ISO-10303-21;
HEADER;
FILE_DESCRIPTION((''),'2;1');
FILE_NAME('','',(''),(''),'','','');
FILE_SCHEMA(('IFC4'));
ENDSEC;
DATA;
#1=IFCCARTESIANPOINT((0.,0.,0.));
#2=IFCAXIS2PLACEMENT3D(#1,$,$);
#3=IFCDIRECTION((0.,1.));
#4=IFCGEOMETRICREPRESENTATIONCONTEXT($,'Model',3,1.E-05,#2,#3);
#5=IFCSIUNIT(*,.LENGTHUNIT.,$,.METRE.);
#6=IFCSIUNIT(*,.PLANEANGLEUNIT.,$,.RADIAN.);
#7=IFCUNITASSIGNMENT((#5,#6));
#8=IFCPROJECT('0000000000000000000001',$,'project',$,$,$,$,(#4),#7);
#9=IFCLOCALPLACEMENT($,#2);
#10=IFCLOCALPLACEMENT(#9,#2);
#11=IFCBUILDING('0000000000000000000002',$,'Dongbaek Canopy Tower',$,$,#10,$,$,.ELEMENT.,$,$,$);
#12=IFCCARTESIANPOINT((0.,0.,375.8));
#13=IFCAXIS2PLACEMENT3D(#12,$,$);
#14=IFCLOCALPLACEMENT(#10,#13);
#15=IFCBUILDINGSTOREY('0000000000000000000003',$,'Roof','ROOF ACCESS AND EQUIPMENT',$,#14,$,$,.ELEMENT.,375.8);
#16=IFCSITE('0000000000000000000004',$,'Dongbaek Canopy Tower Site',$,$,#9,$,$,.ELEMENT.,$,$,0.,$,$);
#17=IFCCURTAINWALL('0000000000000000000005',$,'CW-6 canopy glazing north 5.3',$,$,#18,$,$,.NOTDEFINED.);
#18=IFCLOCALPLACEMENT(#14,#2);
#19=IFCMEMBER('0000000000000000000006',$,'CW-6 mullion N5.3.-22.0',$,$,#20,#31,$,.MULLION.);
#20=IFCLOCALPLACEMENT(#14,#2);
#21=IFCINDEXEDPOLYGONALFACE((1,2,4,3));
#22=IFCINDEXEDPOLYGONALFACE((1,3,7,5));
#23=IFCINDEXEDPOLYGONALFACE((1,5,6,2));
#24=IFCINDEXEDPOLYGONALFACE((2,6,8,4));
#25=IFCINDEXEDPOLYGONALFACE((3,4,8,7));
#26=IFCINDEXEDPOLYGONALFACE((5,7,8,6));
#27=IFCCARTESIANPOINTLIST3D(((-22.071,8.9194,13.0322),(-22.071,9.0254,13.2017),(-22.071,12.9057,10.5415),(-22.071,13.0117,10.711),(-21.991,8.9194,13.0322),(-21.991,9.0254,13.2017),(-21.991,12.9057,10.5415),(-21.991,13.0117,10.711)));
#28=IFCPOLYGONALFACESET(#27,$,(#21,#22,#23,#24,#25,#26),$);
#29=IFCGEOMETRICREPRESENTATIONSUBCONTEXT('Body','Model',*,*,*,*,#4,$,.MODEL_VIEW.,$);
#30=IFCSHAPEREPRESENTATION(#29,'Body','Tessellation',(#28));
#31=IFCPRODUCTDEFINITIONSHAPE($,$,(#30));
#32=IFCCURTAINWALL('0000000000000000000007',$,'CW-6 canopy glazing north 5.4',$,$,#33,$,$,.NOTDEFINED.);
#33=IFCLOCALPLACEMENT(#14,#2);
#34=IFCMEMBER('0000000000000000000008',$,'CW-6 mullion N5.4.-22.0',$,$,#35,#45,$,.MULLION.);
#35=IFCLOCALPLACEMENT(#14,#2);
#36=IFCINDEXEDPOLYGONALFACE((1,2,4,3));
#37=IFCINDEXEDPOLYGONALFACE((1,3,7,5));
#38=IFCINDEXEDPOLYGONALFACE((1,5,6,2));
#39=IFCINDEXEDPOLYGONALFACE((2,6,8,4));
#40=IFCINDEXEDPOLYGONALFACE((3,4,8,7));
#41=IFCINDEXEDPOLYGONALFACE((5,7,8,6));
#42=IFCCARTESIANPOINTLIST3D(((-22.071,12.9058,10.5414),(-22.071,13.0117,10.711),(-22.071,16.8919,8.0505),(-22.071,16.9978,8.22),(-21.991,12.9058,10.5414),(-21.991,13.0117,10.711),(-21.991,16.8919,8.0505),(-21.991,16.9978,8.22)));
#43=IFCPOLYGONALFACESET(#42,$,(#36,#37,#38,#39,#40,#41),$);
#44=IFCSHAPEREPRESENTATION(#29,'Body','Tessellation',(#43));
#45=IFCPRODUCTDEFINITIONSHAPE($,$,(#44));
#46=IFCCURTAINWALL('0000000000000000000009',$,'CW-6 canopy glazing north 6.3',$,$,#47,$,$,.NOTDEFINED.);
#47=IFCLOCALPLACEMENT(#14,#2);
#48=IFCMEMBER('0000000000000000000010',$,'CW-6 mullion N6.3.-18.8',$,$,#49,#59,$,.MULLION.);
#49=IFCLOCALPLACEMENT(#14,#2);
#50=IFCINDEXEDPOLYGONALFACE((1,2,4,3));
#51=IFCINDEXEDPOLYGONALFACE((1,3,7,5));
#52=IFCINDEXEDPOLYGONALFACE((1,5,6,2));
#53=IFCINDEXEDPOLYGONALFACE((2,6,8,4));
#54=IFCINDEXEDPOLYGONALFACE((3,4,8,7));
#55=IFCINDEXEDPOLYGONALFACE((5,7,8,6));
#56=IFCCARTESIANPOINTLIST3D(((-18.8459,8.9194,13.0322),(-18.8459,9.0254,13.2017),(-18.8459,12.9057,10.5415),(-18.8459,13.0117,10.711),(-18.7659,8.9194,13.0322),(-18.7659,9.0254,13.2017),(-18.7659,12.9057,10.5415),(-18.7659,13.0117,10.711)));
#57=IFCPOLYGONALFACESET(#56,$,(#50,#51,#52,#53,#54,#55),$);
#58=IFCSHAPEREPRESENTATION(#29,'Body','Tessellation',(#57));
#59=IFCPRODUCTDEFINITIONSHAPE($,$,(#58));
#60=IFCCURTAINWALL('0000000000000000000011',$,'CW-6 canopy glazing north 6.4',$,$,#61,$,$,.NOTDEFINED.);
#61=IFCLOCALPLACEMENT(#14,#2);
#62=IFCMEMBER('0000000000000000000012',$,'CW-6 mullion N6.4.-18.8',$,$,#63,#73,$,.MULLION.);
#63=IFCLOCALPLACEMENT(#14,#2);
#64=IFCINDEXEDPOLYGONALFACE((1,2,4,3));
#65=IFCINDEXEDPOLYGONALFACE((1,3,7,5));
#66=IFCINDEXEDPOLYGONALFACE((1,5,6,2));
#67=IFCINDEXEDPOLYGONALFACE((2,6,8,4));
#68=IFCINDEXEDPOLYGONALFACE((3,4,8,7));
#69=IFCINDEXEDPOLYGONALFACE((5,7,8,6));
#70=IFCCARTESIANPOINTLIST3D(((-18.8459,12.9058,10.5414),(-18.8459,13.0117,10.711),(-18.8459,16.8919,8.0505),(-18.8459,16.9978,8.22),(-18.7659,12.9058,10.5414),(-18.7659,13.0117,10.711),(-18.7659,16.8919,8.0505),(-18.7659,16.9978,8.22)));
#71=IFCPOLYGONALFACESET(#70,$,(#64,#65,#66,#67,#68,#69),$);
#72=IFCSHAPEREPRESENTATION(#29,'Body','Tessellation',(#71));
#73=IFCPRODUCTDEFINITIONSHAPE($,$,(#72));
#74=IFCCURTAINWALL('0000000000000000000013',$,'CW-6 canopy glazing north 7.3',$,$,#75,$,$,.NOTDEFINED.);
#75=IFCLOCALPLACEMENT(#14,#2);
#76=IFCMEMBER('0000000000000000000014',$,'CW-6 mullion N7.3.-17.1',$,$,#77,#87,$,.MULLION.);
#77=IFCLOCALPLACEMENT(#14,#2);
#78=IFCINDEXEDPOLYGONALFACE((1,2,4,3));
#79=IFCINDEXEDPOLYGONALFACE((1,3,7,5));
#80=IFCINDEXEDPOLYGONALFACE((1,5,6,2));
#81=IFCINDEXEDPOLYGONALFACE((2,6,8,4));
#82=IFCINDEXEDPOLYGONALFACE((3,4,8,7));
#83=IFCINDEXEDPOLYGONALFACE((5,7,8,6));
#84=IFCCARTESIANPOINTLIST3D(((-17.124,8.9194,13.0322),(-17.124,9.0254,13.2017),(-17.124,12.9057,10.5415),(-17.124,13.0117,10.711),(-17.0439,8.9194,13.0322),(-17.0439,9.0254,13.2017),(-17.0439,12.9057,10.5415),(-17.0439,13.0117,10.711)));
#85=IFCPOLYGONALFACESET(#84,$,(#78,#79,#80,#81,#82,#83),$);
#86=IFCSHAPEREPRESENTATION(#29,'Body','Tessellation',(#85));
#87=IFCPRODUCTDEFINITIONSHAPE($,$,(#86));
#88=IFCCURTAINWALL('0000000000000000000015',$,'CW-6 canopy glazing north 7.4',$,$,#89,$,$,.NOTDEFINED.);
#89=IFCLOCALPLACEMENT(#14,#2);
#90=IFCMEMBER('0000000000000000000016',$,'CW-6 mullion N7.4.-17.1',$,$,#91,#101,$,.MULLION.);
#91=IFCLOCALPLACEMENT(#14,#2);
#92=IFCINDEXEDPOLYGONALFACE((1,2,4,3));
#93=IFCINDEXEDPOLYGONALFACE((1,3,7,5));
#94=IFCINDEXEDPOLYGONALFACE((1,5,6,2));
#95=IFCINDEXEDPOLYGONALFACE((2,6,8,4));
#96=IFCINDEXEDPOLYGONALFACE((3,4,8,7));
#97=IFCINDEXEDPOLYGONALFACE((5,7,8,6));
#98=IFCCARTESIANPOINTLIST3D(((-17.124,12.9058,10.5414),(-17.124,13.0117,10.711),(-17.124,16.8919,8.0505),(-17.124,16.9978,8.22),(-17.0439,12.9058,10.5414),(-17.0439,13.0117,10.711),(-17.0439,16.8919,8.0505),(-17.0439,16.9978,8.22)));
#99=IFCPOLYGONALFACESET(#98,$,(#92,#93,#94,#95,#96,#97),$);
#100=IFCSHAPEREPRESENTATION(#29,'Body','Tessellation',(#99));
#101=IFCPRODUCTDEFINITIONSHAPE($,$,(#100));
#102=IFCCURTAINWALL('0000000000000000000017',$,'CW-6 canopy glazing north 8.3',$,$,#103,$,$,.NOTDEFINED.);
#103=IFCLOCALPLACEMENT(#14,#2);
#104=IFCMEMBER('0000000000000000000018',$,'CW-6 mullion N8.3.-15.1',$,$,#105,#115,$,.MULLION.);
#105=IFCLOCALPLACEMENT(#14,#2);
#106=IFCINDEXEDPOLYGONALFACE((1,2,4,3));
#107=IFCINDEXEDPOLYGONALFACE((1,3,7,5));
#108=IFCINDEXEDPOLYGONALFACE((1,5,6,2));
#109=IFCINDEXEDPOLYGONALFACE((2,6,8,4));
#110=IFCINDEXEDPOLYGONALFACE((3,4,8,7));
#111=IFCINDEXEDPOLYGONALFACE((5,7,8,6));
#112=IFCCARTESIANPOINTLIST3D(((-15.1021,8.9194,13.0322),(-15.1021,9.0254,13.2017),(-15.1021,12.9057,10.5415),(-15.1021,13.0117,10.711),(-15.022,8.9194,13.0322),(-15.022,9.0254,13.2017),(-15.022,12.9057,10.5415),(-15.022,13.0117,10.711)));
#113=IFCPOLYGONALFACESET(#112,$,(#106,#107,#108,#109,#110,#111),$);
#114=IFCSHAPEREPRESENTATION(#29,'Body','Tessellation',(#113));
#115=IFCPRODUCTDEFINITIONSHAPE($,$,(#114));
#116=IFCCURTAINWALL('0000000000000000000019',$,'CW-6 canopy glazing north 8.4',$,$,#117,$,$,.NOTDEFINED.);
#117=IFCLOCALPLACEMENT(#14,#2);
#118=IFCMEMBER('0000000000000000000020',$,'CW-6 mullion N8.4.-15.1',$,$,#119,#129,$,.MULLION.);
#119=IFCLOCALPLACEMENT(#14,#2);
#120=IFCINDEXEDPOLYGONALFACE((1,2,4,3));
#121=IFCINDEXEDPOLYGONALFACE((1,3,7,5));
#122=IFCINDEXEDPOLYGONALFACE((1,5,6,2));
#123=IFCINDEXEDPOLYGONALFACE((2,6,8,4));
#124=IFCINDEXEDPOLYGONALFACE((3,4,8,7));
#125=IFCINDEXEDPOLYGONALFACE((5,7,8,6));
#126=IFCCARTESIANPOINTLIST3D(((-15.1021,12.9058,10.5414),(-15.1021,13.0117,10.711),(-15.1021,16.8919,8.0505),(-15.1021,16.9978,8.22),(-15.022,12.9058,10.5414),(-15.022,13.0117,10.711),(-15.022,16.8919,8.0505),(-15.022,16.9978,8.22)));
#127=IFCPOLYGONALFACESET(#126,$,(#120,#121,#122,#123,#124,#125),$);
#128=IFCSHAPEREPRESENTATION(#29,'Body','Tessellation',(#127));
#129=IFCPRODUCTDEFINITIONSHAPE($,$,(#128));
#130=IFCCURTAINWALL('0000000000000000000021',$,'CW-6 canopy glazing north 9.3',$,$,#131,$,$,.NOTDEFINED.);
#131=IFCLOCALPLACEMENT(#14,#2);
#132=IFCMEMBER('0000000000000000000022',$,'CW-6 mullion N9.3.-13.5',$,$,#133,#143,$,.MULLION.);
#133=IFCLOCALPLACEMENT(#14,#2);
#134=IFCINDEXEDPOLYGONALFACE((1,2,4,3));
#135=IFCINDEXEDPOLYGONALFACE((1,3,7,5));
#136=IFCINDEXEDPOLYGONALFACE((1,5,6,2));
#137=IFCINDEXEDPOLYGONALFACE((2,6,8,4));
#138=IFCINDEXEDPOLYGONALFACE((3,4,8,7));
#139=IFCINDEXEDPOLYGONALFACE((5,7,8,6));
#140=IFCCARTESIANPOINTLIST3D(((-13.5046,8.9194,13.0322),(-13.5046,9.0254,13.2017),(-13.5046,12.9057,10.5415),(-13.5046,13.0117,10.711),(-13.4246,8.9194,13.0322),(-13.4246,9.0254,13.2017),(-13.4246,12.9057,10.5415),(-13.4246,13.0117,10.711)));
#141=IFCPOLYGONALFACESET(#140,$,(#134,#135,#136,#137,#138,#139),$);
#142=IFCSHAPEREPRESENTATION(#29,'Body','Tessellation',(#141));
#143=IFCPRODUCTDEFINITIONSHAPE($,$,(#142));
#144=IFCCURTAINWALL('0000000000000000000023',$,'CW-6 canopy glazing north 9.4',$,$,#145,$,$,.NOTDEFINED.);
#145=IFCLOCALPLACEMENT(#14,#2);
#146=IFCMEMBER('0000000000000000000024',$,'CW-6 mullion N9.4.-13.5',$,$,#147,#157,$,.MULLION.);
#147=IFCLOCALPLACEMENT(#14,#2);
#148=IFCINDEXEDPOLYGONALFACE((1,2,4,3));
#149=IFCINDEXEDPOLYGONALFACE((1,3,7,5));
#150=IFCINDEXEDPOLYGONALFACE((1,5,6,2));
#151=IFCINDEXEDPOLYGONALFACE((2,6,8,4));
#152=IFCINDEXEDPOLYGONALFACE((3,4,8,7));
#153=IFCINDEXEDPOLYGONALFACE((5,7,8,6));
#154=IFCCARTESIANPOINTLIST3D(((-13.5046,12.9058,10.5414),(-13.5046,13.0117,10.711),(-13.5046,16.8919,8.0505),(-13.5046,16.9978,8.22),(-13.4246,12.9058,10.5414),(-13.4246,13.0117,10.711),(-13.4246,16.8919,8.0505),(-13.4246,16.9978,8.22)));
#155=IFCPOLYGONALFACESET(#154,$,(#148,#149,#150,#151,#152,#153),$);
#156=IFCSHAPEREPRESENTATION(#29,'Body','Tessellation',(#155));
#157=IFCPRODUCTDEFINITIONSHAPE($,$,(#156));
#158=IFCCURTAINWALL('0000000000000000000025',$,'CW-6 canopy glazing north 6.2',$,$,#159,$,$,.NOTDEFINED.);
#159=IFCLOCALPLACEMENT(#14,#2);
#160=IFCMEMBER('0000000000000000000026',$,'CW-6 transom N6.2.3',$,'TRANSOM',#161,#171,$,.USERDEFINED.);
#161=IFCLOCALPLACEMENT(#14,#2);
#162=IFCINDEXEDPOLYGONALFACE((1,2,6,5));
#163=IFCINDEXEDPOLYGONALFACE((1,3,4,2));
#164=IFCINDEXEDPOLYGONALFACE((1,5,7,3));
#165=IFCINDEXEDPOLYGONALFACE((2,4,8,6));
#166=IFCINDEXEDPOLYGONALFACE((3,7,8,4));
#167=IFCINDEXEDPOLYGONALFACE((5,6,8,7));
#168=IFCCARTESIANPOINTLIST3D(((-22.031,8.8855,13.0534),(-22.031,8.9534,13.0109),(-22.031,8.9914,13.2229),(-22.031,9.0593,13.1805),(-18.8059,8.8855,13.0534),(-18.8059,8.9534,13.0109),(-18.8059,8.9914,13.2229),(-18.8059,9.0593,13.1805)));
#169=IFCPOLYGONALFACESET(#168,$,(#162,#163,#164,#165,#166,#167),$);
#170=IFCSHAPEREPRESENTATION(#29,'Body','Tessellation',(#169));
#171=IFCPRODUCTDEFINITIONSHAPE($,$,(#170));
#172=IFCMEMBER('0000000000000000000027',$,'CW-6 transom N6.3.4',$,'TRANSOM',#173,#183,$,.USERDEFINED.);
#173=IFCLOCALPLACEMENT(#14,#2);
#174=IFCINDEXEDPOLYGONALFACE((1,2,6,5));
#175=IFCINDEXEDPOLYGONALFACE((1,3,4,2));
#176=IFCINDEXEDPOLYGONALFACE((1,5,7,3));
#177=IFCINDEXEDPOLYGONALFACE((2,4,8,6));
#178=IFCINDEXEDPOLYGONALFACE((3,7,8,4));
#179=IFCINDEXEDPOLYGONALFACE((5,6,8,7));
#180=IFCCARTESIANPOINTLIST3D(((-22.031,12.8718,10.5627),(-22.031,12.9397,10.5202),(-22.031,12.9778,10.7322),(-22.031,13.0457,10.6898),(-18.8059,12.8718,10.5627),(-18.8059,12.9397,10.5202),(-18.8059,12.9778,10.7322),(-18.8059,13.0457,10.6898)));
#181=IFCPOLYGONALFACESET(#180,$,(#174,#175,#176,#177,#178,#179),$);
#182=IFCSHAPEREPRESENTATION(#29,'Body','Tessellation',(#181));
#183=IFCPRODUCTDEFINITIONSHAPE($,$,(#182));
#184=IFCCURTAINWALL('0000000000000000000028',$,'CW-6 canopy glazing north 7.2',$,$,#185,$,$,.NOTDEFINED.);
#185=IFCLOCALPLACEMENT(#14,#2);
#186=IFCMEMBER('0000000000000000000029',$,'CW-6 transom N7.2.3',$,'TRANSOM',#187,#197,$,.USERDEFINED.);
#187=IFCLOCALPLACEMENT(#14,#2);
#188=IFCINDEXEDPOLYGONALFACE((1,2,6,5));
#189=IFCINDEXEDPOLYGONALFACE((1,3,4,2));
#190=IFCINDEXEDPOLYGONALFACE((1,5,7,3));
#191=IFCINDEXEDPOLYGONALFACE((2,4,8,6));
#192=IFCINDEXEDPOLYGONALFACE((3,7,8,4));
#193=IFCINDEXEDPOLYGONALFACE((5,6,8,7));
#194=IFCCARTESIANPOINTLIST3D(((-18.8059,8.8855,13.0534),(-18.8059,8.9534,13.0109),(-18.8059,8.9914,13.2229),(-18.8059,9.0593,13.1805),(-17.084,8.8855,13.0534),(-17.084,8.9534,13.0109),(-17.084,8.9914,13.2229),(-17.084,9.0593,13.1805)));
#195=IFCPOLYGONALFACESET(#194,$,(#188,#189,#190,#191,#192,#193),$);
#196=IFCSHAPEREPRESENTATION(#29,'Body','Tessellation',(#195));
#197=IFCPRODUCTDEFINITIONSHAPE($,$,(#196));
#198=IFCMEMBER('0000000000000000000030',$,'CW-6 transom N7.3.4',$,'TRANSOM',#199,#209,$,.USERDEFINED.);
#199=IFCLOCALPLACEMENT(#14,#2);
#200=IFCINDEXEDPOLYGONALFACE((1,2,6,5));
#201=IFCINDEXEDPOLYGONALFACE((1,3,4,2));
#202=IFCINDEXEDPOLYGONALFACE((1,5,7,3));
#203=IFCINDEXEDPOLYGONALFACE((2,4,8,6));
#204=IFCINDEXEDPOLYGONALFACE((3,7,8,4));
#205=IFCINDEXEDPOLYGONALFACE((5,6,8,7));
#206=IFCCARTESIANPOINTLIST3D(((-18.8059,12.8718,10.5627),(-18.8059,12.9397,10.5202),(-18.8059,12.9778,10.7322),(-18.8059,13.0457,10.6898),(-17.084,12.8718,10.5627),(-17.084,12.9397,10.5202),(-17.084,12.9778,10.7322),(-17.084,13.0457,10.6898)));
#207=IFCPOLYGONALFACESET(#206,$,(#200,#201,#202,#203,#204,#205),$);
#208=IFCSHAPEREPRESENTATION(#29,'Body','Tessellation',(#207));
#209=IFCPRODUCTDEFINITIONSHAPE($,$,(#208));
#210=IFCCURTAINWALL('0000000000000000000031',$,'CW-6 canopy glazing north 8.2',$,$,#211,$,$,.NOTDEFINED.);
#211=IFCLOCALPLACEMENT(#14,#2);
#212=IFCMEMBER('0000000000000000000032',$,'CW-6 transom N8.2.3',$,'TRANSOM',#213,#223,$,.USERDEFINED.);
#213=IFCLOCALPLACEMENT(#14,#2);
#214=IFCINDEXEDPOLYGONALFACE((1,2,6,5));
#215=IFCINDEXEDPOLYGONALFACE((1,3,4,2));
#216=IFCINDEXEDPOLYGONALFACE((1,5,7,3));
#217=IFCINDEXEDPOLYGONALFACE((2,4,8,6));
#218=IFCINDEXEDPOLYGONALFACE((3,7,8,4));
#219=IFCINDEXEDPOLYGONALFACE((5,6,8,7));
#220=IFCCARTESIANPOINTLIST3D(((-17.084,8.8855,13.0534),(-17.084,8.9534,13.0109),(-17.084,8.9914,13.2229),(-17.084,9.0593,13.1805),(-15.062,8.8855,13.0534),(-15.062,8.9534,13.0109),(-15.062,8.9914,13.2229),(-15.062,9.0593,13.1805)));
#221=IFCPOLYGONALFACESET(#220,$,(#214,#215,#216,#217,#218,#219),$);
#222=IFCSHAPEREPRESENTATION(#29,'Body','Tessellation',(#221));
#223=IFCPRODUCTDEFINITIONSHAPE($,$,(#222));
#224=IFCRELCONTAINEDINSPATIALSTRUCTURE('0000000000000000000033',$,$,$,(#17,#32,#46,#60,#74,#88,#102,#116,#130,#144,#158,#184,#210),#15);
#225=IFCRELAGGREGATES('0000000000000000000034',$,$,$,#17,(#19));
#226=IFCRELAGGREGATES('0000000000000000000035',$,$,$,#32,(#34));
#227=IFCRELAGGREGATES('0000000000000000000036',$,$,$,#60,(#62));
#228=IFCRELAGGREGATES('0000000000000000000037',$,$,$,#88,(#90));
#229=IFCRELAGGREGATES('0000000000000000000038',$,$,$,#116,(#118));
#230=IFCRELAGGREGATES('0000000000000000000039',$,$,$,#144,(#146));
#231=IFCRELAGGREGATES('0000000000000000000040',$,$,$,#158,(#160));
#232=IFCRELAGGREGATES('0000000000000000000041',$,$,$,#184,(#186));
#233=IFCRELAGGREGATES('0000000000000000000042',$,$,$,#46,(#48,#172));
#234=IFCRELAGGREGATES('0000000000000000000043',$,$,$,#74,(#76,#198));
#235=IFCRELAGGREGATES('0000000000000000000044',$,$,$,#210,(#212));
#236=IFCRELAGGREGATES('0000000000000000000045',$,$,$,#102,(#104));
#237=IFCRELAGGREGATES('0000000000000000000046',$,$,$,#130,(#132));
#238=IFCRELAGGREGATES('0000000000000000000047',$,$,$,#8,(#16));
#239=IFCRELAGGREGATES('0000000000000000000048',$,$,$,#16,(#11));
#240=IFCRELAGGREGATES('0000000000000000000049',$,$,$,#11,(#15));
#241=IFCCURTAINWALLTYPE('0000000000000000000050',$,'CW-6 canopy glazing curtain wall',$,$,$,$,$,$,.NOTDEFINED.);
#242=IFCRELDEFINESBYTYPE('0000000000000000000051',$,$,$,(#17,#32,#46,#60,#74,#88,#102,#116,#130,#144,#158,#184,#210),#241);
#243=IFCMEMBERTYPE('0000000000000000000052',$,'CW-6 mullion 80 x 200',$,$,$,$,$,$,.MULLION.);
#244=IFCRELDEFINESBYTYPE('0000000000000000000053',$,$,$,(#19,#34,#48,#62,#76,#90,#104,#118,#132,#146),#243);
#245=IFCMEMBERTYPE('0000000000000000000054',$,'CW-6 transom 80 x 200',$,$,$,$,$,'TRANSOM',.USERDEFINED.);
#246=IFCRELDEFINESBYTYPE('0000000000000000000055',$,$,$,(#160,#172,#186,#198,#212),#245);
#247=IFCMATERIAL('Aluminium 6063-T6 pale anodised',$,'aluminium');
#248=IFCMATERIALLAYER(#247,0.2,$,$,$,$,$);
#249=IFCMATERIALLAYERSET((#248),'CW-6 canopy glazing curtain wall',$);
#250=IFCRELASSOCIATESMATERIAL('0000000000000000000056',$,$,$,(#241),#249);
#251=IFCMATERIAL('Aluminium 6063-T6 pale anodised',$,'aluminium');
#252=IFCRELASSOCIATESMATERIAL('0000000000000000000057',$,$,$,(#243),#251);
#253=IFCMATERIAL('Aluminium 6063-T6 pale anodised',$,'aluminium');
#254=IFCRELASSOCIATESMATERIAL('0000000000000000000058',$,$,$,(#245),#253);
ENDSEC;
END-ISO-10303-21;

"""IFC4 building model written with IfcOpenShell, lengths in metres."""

from ifc_helpers import new_model, si_unit, direction, frame, origin, origin_2d, place, context, subcontext, project, spatial, rectangle, extrude, material, layer, layer_set, material_profile, profile_set, type_object, element, aggregate, save


model = new_model("IFC4")

# Units and contexts
model_context = context("Model", 3, precision=1e-05, world=origin(), true_north=direction((0.0, 1.0)))
body_context = subcontext(model_context, "Body", "Model", "MODEL_VIEW")
ifc_project = project(units=[si_unit("LENGTHUNIT", "METRE"), si_unit("PLANEANGLEUNIT", "RADIAN")], contexts=[model_context])

# Site, building, storey
site_placement = place(None, origin())
site = spatial("IfcSite", under=ifc_project, at=site_placement, Name="Dongbaek Canopy Tower Site", CompositionType="ELEMENT", RefElevation=0.0)
building_placement = place(site_placement, origin())
building = spatial("IfcBuilding", under=site, at=building_placement, Name="Dongbaek Canopy Tower", CompositionType="ELEMENT")
storey_placement = place(building_placement, frame((0.0, 0.0, 375.8)))
storey = spatial("IfcBuildingStorey", under=building, at=storey_placement, Name="Roof", Description="ROOF ACCESS AND EQUIPMENT", CompositionType="ELEMENT", Elevation=375.8)

# Curtain walls, members
ifc_material_1 = material(Name="Aluminium 6063-T6 pale anodised", Category="aluminium")
ifc_layer_1 = layer(ifc_material_1, 0.2)
ifc_layer_set_1 = layer_set([ifc_layer_1], Name="CW-6 canopy glazing curtain wall")
curtain_wall_type = type_object("IfcCurtainWallType", Name="CW-6 canopy glazing curtain wall", PredefinedType="NOTDEFINED", material=ifc_layer_set_1)
curtain_wall_1_placement = place(storey_placement, origin())
curtain_wall_1 = element("IfcCurtainWall", 1, at=curtain_wall_1_placement, inside=storey, type_object=curtain_wall_type, Name="CW-6 canopy glazing north 5.3", PredefinedType="NOTDEFINED")
ifc_material_2 = material(Name="Aluminium 6063-T6 pale anodised", Category="aluminium")
ifc_material_profile_1 = material_profile(ifc_material_2, rectangle(XDim=0.0801, YDim=0.2, at=origin_2d()), Name="CW-6 mullion 80 x 200")
ifc_profile_set_1 = profile_set([ifc_material_profile_1], Name="Aluminium 6063-T6 pale anodised")
member_type_1 = type_object("IfcMemberType", Name="CW-6 mullion 80 x 200", PredefinedType="MULLION", material=ifc_profile_set_1)
member_1_placement = place(storey_placement, frame((-22.031, 8.9724, 13.1169), z_axis=(0.0, 0.848068, -0.529887), x_axis=(-1.0, 0.0, 0.0)))
member_1 = element("IfcMember", 2, at=member_1_placement, type_object=member_type_1, Name="CW-6 mullion N5.3.-22.0", PredefinedType="MULLION", context=body_context, shape_type="SweptSolid", body=[
    extrude(rectangle(XDim=0.0801, YDim=0.2, at=origin_2d()), origin(), (0.0, 0.0, 1.0), 4.7004),
])
aggregate(curtain_wall_1, [member_1])
curtain_wall_2_placement = place(storey_placement, origin())
curtain_wall_2 = element("IfcCurtainWall", 3, at=curtain_wall_2_placement, inside=storey, type_object=curtain_wall_type, Name="CW-6 canopy glazing north 5.4", PredefinedType="NOTDEFINED")
member_2_placement = place(storey_placement, frame((-22.031, 12.9587, 10.6262), z_axis=(0.0, 0.84803, -0.529948), x_axis=(-1.0, 0.0, 0.0)))
member_2 = element("IfcMember", 4, at=member_2_placement, type_object=member_type_1, Name="CW-6 mullion N5.4.-22.0", PredefinedType="MULLION", context=body_context, shape_type="SweptSolid", body=[
    extrude(rectangle(XDim=0.0801, YDim=0.2, at=origin_2d()), origin(), (0.0, 0.0, 1.0), 4.7004),
])
aggregate(curtain_wall_2, [member_2])
curtain_wall_3_placement = place(storey_placement, origin())
curtain_wall_3 = element("IfcCurtainWall", 5, at=curtain_wall_3_placement, inside=storey, type_object=curtain_wall_type, Name="CW-6 canopy glazing north 6.3", PredefinedType="NOTDEFINED")
member_3_placement = place(storey_placement, frame((-18.8059, 8.9724, 13.1169), z_axis=(0.0, 0.848068, -0.529887), x_axis=(-1.0, 0.0, 0.0)))
member_3 = element("IfcMember", 6, at=member_3_placement, type_object=member_type_1, Name="CW-6 mullion N6.3.-18.8", PredefinedType="MULLION", context=body_context, shape_type="SweptSolid", body=[
    extrude(rectangle(XDim=0.0801, YDim=0.2, at=origin_2d()), origin(), (0.0, 0.0, 1.0), 4.7004),
])
curtain_wall_4_placement = place(storey_placement, origin())
curtain_wall_4 = element("IfcCurtainWall", 7, at=curtain_wall_4_placement, inside=storey, type_object=curtain_wall_type, Name="CW-6 canopy glazing north 6.4", PredefinedType="NOTDEFINED")
member_4_placement = place(storey_placement, frame((-18.8059, 12.9587, 10.6262), z_axis=(0.0, 0.84803, -0.529948), x_axis=(-1.0, 0.0, 0.0)))
member_4 = element("IfcMember", 8, at=member_4_placement, type_object=member_type_1, Name="CW-6 mullion N6.4.-18.8", PredefinedType="MULLION", context=body_context, shape_type="SweptSolid", body=[
    extrude(rectangle(XDim=0.0801, YDim=0.2, at=origin_2d()), origin(), (0.0, 0.0, 1.0), 4.7004),
])
aggregate(curtain_wall_4, [member_4])
curtain_wall_5_placement = place(storey_placement, origin())
curtain_wall_5 = element("IfcCurtainWall", 9, at=curtain_wall_5_placement, inside=storey, type_object=curtain_wall_type, Name="CW-6 canopy glazing north 7.3", PredefinedType="NOTDEFINED")
member_5_placement = place(storey_placement, frame((-17.084, 8.9724, 13.1169), z_axis=(0.0, 0.848068, -0.529887), x_axis=(-1.0, 0.0, 0.0)))
member_5 = element("IfcMember", 10, at=member_5_placement, type_object=member_type_1, Name="CW-6 mullion N7.3.-17.1", PredefinedType="MULLION", context=body_context, shape_type="SweptSolid", body=[
    extrude(rectangle(XDim=0.0801, YDim=0.2, at=origin_2d()), origin(), (0.0, 0.0, 1.0), 4.7004),
])
curtain_wall_6_placement = place(storey_placement, origin())
curtain_wall_6 = element("IfcCurtainWall", 11, at=curtain_wall_6_placement, inside=storey, type_object=curtain_wall_type, Name="CW-6 canopy glazing north 7.4", PredefinedType="NOTDEFINED")
member_6_placement = place(storey_placement, frame((-17.084, 12.9587, 10.6262), z_axis=(0.0, 0.84803, -0.529948), x_axis=(-1.0, 0.0, 0.0)))
member_6 = element("IfcMember", 12, at=member_6_placement, type_object=member_type_1, Name="CW-6 mullion N7.4.-17.1", PredefinedType="MULLION", context=body_context, shape_type="SweptSolid", body=[
    extrude(rectangle(XDim=0.0801, YDim=0.2, at=origin_2d()), origin(), (0.0, 0.0, 1.0), 4.7004),
])
aggregate(curtain_wall_6, [member_6])
curtain_wall_7_placement = place(storey_placement, origin())
curtain_wall_7 = element("IfcCurtainWall", 13, at=curtain_wall_7_placement, inside=storey, type_object=curtain_wall_type, Name="CW-6 canopy glazing north 8.3", PredefinedType="NOTDEFINED")
member_7_placement = place(storey_placement, frame((-15.062, 8.9724, 13.1169), z_axis=(0.0, 0.848068, -0.529887), x_axis=(-1.0, 0.0, 0.0)))
member_7 = element("IfcMember", 14, at=member_7_placement, type_object=member_type_1, Name="CW-6 mullion N8.3.-15.1", PredefinedType="MULLION", context=body_context, shape_type="SweptSolid", body=[
    extrude(rectangle(XDim=0.0801, YDim=0.2, at=origin_2d()), origin(), (0.0, 0.0, 1.0), 4.7004),
])
curtain_wall_8_placement = place(storey_placement, origin())
curtain_wall_8 = element("IfcCurtainWall", 15, at=curtain_wall_8_placement, inside=storey, type_object=curtain_wall_type, Name="CW-6 canopy glazing north 8.4", PredefinedType="NOTDEFINED")
member_8_placement = place(storey_placement, frame((-15.062, 12.9587, 10.6262), z_axis=(0.0, 0.84803, -0.529948), x_axis=(-1.0, 0.0, 0.0)))
member_8 = element("IfcMember", 16, at=member_8_placement, type_object=member_type_1, Name="CW-6 mullion N8.4.-15.1", PredefinedType="MULLION", context=body_context, shape_type="SweptSolid", body=[
    extrude(rectangle(XDim=0.0801, YDim=0.2, at=origin_2d()), origin(), (0.0, 0.0, 1.0), 4.7004),
])
aggregate(curtain_wall_8, [member_8])
curtain_wall_9_placement = place(storey_placement, origin())
curtain_wall_9 = element("IfcCurtainWall", 17, at=curtain_wall_9_placement, inside=storey, type_object=curtain_wall_type, Name="CW-6 canopy glazing north 9.3", PredefinedType="NOTDEFINED")
member_9_placement = place(storey_placement, frame((-13.4646, 8.9724, 13.1169), z_axis=(0.0, 0.848068, -0.529887), x_axis=(-1.0, 0.0, 0.0)))
member_9 = element("IfcMember", 18, at=member_9_placement, type_object=member_type_1, Name="CW-6 mullion N9.3.-13.5", PredefinedType="MULLION", context=body_context, shape_type="SweptSolid", body=[
    extrude(rectangle(XDim=0.0801, YDim=0.2, at=origin_2d()), origin(), (0.0, 0.0, 1.0), 4.7004),
])
curtain_wall_10_placement = place(storey_placement, origin())
curtain_wall_10 = element("IfcCurtainWall", 19, at=curtain_wall_10_placement, inside=storey, type_object=curtain_wall_type, Name="CW-6 canopy glazing north 9.4", PredefinedType="NOTDEFINED")
member_10_placement = place(storey_placement, frame((-13.4646, 12.9587, 10.6262), z_axis=(0.0, 0.84803, -0.529948), x_axis=(-1.0, 0.0, 0.0)))
member_10 = element("IfcMember", 20, at=member_10_placement, type_object=member_type_1, Name="CW-6 mullion N9.4.-13.5", PredefinedType="MULLION", context=body_context, shape_type="SweptSolid", body=[
    extrude(rectangle(XDim=0.0801, YDim=0.2, at=origin_2d()), origin(), (0.0, 0.0, 1.0), 4.7004),
])
aggregate(curtain_wall_10, [member_10])
curtain_wall_11_placement = place(storey_placement, origin())
curtain_wall_11 = element("IfcCurtainWall", 21, at=curtain_wall_11_placement, inside=storey, type_object=curtain_wall_type, Name="CW-6 canopy glazing north 6.2", PredefinedType="NOTDEFINED")
ifc_material_3 = material(Name="Aluminium 6063-T6 pale anodised", Category="aluminium")
ifc_material_profile_2 = material_profile(ifc_material_3, rectangle(XDim=0.0801, YDim=0.2, at=origin_2d()), Name="CW-6 transom 80 x 200")
ifc_profile_set_2 = profile_set([ifc_material_profile_2], Name="Aluminium 6063-T6 pale anodised")
member_type_2 = type_object("IfcMemberType", Name="CW-6 transom 80 x 200", ElementType="TRANSOM", PredefinedType="USERDEFINED", material=ifc_profile_set_2)
member_11_placement = place(storey_placement, frame((-22.031, 8.9724, 13.1169), z_axis=(1.0, 0.0, 0.0), x_axis=(0.0, 0.848048, -0.529919)))
member_11 = element("IfcMember", 22, at=member_11_placement, type_object=member_type_2, Name="CW-6 transom N6.2.3", ObjectType="TRANSOM", PredefinedType="USERDEFINED", context=body_context, shape_type="SweptSolid", body=[
    extrude(rectangle(XDim=0.0801, YDim=0.2, at=origin_2d()), origin(), (0.0, 0.0, 1.0), 3.2251),
])
aggregate(curtain_wall_11, [member_11])

# Member
member_12_placement = place(storey_placement, frame((-22.031, 12.9587, 10.6262), z_axis=(1.0, 0.0, 0.0), x_axis=(0.0, 0.848048, -0.529919)))
member_12 = element("IfcMember", 23, at=member_12_placement, type_object=member_type_2, Name="CW-6 transom N6.3.4", ObjectType="TRANSOM", PredefinedType="USERDEFINED", context=body_context, shape_type="SweptSolid", body=[
    extrude(rectangle(XDim=0.0801, YDim=0.2, at=origin_2d()), origin(), (0.0, 0.0, 1.0), 3.2251),
])

# Curtain wall, member
curtain_wall_12_placement = place(storey_placement, origin())
curtain_wall_12 = element("IfcCurtainWall", 24, at=curtain_wall_12_placement, inside=storey, type_object=curtain_wall_type, Name="CW-6 canopy glazing north 7.2", PredefinedType="NOTDEFINED")
member_13_placement = place(storey_placement, frame((-18.8059, 8.9724, 13.1169), z_axis=(1.0, 0.0, 0.0), x_axis=(0.0, 0.848048, -0.529919)))
member_13 = element("IfcMember", 25, at=member_13_placement, type_object=member_type_2, Name="CW-6 transom N7.2.3", ObjectType="TRANSOM", PredefinedType="USERDEFINED", context=body_context, shape_type="SweptSolid", body=[
    extrude(rectangle(XDim=0.0801, YDim=0.2, at=origin_2d()), origin(), (0.0, 0.0, 1.0), 1.7219),
])
aggregate(curtain_wall_12, [member_13])

# Member
member_14_placement = place(storey_placement, frame((-18.8059, 12.9587, 10.6262), z_axis=(1.0, 0.0, 0.0), x_axis=(0.0, 0.848048, -0.529919)))
member_14 = element("IfcMember", 26, at=member_14_placement, type_object=member_type_2, Name="CW-6 transom N7.3.4", ObjectType="TRANSOM", PredefinedType="USERDEFINED", context=body_context, shape_type="SweptSolid", body=[
    extrude(rectangle(XDim=0.0801, YDim=0.2, at=origin_2d()), origin(), (0.0, 0.0, 1.0), 1.7219),
])

# Curtain wall, member
curtain_wall_13_placement = place(storey_placement, origin())
curtain_wall_13 = element("IfcCurtainWall", 27, at=curtain_wall_13_placement, inside=storey, type_object=curtain_wall_type, Name="CW-6 canopy glazing north 8.2", PredefinedType="NOTDEFINED")
member_15_placement = place(storey_placement, frame((-17.084, 8.9724, 13.1169), z_axis=(1.0, 0.0, 0.0), x_axis=(0.0, 0.848048, -0.529919)))
member_15 = element("IfcMember", 28, at=member_15_placement, type_object=member_type_2, Name="CW-6 transom N8.2.3", ObjectType="TRANSOM", PredefinedType="USERDEFINED", context=body_context, shape_type="SweptSolid", body=[
    extrude(rectangle(XDim=0.0801, YDim=0.2, at=origin_2d()), origin(), (0.0, 0.0, 1.0), 2.022),
])

aggregate(curtain_wall_3, [member_3, member_12])
aggregate(curtain_wall_5, [member_5, member_14])
aggregate(curtain_wall_13, [member_15])
aggregate(curtain_wall_7, [member_7])
aggregate(curtain_wall_9, [member_9])

save(model, "model.ifc")
